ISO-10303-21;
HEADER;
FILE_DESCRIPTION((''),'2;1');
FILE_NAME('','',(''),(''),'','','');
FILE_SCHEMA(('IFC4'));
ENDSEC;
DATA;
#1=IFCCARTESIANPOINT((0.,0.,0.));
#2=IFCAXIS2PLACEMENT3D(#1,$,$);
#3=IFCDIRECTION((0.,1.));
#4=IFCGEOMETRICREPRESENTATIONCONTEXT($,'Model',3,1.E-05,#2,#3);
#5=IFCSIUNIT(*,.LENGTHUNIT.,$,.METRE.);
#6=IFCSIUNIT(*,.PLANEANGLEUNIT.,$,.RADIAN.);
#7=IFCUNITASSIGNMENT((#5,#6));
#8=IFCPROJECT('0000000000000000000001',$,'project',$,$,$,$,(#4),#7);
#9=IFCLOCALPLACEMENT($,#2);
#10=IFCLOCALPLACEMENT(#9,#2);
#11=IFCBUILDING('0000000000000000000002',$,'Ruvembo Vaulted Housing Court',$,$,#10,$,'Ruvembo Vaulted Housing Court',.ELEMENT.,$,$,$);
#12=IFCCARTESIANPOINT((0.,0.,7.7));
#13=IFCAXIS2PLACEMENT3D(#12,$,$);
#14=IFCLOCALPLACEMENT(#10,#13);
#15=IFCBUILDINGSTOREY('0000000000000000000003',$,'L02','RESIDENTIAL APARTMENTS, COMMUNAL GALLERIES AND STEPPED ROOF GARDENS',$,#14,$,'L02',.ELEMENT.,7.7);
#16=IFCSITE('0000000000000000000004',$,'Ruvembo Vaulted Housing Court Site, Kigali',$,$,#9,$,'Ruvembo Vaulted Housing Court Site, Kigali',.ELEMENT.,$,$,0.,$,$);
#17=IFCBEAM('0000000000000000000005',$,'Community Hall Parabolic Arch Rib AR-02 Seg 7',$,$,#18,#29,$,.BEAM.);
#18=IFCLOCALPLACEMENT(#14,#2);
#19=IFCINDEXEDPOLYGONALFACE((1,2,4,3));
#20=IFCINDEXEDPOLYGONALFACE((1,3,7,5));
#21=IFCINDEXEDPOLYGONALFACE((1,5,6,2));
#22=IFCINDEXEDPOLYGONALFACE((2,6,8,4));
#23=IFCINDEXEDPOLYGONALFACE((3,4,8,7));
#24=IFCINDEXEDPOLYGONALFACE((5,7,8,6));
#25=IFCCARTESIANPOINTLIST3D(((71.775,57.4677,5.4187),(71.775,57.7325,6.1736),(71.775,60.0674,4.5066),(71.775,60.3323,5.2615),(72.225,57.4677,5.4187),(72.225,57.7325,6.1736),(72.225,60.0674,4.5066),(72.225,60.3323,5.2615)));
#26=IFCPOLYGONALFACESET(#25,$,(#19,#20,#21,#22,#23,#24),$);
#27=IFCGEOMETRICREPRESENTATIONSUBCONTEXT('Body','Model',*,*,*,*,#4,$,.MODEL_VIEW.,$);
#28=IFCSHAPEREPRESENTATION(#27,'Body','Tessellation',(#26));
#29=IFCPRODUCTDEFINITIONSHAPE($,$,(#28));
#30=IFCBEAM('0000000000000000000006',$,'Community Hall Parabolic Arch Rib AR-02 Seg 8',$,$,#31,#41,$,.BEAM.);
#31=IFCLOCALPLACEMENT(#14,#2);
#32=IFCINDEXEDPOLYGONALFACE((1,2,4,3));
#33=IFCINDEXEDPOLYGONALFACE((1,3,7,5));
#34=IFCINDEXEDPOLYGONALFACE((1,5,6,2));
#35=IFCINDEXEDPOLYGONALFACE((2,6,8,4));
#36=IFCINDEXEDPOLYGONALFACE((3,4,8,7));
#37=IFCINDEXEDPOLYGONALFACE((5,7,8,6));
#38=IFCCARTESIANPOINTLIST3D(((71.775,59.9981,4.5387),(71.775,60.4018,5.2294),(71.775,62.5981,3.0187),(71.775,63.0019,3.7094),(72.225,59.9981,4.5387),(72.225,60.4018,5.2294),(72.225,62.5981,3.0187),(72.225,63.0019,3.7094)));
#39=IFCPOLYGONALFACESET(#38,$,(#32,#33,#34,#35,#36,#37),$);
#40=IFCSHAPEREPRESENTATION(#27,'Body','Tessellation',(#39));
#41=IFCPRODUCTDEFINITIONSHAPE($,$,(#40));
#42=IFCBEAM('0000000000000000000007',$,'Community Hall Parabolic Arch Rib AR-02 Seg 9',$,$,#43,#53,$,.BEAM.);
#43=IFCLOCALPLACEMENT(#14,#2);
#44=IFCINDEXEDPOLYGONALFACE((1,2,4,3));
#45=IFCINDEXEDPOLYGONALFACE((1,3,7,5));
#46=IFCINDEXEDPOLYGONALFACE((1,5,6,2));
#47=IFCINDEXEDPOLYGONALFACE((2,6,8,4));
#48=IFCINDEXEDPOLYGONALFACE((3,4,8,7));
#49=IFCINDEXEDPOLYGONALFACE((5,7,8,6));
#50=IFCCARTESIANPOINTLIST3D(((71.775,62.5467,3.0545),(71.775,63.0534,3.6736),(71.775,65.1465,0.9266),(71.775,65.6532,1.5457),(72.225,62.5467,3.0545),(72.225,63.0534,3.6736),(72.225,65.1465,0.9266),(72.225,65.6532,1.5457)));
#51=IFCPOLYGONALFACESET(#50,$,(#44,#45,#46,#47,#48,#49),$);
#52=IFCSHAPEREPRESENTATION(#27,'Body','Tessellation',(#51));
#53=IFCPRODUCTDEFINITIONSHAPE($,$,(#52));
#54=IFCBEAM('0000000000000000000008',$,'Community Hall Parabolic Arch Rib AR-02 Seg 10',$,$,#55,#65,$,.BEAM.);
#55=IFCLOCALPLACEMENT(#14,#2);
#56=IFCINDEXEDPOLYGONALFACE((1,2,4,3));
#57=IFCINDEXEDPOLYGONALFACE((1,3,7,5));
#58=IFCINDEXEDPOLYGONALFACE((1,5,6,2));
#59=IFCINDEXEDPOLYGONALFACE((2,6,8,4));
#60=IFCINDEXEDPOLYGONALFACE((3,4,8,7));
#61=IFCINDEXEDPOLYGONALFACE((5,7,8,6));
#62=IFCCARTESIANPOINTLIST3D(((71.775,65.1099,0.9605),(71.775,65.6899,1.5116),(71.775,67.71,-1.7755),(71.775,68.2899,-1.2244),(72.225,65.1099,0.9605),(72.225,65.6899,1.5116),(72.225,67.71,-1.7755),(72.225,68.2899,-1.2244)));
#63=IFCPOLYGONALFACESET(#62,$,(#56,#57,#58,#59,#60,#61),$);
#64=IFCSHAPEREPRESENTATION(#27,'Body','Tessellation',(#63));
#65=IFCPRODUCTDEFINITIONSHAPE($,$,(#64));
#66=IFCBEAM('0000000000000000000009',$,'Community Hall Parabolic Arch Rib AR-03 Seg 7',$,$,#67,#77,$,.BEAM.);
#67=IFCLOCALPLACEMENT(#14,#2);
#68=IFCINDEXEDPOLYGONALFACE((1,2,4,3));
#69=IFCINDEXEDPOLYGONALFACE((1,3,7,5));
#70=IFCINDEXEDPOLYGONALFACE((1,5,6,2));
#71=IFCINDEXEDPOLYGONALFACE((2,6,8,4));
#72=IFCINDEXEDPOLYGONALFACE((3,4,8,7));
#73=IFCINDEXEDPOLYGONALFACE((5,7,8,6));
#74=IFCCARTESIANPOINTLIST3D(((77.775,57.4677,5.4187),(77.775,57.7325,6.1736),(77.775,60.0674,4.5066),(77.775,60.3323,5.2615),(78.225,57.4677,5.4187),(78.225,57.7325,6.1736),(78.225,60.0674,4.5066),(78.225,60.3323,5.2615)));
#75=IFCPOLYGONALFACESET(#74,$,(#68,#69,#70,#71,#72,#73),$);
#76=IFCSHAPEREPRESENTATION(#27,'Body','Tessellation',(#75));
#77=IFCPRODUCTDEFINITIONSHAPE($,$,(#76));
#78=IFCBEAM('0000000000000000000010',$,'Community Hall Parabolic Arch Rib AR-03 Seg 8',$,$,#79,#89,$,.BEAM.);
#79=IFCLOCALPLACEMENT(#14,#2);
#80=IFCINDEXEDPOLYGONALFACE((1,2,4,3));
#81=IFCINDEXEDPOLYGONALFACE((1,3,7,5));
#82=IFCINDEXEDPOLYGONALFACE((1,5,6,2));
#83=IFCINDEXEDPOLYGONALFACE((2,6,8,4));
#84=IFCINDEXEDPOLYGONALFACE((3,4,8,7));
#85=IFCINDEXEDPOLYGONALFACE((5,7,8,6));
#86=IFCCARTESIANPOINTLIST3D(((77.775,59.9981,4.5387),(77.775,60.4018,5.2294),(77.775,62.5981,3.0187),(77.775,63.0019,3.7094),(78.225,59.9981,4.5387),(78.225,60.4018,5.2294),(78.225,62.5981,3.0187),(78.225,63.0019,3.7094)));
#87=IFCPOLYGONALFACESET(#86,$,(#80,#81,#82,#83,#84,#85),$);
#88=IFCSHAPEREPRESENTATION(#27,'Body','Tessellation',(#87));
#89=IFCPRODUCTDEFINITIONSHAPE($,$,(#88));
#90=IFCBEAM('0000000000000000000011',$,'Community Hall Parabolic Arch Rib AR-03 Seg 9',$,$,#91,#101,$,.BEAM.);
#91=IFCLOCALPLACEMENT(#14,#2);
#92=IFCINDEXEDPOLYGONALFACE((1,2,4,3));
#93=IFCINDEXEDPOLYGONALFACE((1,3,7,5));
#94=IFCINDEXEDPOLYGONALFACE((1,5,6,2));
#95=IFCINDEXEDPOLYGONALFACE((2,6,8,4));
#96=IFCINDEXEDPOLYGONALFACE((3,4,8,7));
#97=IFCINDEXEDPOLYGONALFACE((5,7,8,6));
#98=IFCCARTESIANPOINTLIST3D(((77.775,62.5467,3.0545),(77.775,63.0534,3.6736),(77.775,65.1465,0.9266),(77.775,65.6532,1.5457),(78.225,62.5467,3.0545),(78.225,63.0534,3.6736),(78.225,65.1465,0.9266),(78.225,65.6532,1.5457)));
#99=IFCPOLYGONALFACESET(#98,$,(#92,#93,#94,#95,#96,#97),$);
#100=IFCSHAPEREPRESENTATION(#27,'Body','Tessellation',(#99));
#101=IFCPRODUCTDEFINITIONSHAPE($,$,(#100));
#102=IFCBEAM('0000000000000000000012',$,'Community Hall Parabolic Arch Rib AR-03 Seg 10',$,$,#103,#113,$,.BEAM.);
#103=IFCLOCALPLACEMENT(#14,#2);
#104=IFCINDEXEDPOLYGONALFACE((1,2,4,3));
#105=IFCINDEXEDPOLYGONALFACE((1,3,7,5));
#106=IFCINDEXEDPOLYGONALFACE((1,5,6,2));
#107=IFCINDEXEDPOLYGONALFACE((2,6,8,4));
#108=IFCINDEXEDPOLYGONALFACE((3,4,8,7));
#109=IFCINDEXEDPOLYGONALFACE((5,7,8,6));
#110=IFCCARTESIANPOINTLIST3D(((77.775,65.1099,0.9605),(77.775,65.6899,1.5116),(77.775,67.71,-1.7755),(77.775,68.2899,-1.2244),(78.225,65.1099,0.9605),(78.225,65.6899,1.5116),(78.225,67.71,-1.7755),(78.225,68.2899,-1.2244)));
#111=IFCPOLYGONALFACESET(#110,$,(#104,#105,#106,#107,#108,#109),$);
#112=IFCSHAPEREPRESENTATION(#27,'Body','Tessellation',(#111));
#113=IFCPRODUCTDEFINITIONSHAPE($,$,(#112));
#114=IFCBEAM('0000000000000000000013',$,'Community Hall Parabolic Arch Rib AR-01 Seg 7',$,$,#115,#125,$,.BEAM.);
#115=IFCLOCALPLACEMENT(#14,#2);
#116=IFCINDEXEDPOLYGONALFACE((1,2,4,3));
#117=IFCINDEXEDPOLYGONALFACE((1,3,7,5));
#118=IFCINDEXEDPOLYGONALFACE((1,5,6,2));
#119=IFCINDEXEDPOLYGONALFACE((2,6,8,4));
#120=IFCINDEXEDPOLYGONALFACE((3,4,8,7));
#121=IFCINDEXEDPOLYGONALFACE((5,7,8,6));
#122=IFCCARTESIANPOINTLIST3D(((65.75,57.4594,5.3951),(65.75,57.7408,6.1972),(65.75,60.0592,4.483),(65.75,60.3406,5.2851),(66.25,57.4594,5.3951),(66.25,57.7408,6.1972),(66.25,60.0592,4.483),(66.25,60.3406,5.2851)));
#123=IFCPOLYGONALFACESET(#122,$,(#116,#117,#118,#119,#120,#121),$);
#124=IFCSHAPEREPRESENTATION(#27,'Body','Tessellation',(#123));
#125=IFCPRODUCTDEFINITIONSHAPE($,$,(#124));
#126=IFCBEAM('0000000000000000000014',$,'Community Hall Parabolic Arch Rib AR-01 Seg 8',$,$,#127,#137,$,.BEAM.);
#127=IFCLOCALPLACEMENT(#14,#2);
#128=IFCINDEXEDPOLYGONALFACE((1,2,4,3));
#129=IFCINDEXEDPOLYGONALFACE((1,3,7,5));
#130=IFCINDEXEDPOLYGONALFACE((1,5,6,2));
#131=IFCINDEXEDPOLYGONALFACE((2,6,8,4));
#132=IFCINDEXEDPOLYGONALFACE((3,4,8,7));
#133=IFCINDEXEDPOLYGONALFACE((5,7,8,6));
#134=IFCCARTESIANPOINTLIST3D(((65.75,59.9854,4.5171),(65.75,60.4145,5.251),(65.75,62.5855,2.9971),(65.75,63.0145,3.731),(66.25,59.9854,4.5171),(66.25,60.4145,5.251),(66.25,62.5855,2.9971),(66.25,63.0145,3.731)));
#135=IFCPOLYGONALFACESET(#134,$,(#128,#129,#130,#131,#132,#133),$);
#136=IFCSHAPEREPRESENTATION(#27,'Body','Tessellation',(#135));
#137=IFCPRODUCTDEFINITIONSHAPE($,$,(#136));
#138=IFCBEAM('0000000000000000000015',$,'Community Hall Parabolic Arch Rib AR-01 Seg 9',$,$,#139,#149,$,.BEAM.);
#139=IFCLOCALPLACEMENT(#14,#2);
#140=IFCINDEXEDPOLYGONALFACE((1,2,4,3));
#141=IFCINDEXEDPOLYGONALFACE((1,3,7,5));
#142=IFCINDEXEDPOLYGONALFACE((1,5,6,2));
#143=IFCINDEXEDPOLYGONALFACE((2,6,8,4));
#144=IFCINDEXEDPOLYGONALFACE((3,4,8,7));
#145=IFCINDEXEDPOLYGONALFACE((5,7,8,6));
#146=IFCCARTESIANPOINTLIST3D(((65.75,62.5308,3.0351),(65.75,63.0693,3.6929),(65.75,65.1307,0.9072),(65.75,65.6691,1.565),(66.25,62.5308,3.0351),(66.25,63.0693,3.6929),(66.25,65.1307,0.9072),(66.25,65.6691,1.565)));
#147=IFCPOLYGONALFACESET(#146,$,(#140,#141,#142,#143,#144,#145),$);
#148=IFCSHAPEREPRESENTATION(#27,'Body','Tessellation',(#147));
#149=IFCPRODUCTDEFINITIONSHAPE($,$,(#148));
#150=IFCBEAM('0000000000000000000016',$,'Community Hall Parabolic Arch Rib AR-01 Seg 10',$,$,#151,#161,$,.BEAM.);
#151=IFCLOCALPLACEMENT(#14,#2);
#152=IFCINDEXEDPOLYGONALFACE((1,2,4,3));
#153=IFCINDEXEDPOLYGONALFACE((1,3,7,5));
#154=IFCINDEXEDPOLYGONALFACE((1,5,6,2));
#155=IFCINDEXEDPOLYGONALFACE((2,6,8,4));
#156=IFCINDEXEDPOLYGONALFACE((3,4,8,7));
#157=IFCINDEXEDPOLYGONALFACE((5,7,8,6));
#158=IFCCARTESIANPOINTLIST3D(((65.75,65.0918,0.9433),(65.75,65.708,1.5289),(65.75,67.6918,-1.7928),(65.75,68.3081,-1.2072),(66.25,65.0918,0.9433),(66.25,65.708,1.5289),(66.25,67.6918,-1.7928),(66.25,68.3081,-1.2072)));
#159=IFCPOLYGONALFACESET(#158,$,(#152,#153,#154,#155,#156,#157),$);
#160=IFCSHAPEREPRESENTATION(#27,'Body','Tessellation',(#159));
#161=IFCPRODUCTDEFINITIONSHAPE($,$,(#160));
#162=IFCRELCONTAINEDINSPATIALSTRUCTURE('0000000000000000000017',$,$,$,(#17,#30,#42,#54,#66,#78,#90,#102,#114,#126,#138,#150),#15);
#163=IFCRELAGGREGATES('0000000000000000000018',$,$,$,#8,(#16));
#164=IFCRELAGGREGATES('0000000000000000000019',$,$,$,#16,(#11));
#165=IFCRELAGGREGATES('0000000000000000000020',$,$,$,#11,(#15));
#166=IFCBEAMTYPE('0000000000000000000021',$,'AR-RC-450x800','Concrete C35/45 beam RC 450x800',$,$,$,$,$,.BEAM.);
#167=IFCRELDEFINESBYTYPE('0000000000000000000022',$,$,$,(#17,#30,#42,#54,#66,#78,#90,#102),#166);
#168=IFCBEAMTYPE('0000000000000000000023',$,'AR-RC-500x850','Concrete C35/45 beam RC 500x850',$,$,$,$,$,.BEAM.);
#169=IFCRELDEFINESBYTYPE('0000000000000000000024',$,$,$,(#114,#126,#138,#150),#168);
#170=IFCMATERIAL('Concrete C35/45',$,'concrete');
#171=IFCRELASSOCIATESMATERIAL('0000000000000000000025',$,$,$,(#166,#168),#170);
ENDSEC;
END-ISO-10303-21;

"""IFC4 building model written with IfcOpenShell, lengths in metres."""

from ifc_helpers import new_model, si_unit, direction, frame, origin, origin_2d, place, context, subcontext, project, spatial, rectangle, extrude, material, material_profile, profile_set, type_object, element, save


model = new_model("IFC4")

# Units and contexts
model_context = context("Model", 3, precision=1e-05, world=origin(), true_north=direction((0.0, 1.0)))
body_context = subcontext(model_context, "Body", "Model", "MODEL_VIEW")
ifc_project = project(units=[si_unit("LENGTHUNIT", "METRE"), si_unit("PLANEANGLEUNIT", "RADIAN")], contexts=[model_context])

# Site, building, storey
site_placement = place(None, origin())
site = spatial("IfcSite", under=ifc_project, at=site_placement, Name="Ruvembo Vaulted Housing Court Site, Kigali", LongName="Ruvembo Vaulted Housing Court Site, Kigali", CompositionType="ELEMENT", RefElevation=0.0)
building_placement = place(site_placement, origin())
building = spatial("IfcBuilding", under=site, at=building_placement, Name="Ruvembo Vaulted Housing Court", LongName="Ruvembo Vaulted Housing Court", CompositionType="ELEMENT")
storey_placement = place(building_placement, frame((0.0, 0.0, 7.7)))
storey = spatial("IfcBuildingStorey", under=building, at=storey_placement, Name="L02", Description="RESIDENTIAL APARTMENTS, COMMUNAL GALLERIES AND STEPPED ROOF GARDENS", LongName="L02", CompositionType="ELEMENT", Elevation=7.7)

# Beams
ifc_material_1 = material(Name="Concrete C35/45", Category="concrete")
ifc_material_profile_1 = material_profile(ifc_material_1, rectangle(XDim=0.45, YDim=0.8, at=origin_2d()), Name="RC 450x800")
ifc_profile_set_1 = profile_set([ifc_material_profile_1], Name="Concrete C35/45")
beam_type_1 = type_object("IfcBeamType", Name="AR-RC-450x800", Description="Concrete C35/45 beam RC 450x800", PredefinedType="BEAM", material=ifc_profile_set_1)
beam_1_placement = place(storey_placement, frame((72.0, 57.6001, 5.7961), z_axis=(0.0, 0.943614, -0.331049), x_axis=(-1.0, 0.0, 0.0)))
element("IfcBeam", 1, at=beam_1_placement, inside=storey, type_object=beam_type_1, Name="Community Hall Parabolic Arch Rib AR-02 Seg 7", PredefinedType="BEAM", context=body_context, shape_type="SweptSolid", body=[
    extrude(rectangle(XDim=0.45, YDim=0.8, at=origin_2d()), origin(), (0.0, 0.0, 1.0), 2.7551),
])
beam_2_placement = place(storey_placement, frame((72.0, 60.2, 4.884), z_axis=(0.0, 0.863302, -0.504687), x_axis=(-1.0, 0.0, 0.0)))
element("IfcBeam", 2, at=beam_2_placement, inside=storey, type_object=beam_type_1, Name="Community Hall Parabolic Arch Rib AR-02 Seg 8", PredefinedType="BEAM", context=body_context, shape_type="SweptSolid", body=[
    extrude(rectangle(XDim=0.45, YDim=0.8, at=origin_2d()), origin(), (0.0, 0.0, 1.0), 3.0117),
])
beam_3_placement = place(storey_placement, frame((72.0, 62.8, 3.364), z_axis=(0.0, 0.773844, -0.633376), x_axis=(-1.0, 0.0, 0.0)))
element("IfcBeam", 3, at=beam_3_placement, inside=storey, type_object=beam_type_1, Name="Community Hall Parabolic Arch Rib AR-02 Seg 9", PredefinedType="BEAM", context=body_context, shape_type="SweptSolid", body=[
    extrude(rectangle(XDim=0.45, YDim=0.8, at=origin_2d()), origin(), (0.0, 0.0, 1.0), 3.3596),
])
beam_4_placement = place(storey_placement, frame((72.0, 65.3999, 1.2361), z_axis=(0.0, 0.688863, -0.724891), x_axis=(-1.0, 0.0, 0.0)))
element("IfcBeam", 4, at=beam_4_placement, inside=storey, type_object=beam_type_1, Name="Community Hall Parabolic Arch Rib AR-02 Seg 10", PredefinedType="BEAM", context=body_context, shape_type="SweptSolid", body=[
    extrude(rectangle(XDim=0.45, YDim=0.8, at=origin_2d()), origin(), (0.0, 0.0, 1.0), 3.7744),
])
beam_5_placement = place(storey_placement, frame((78.0, 57.6001, 5.7961), z_axis=(0.0, 0.943614, -0.331049), x_axis=(-1.0, 0.0, 0.0)))
element("IfcBeam", 5, at=beam_5_placement, inside=storey, type_object=beam_type_1, Name="Community Hall Parabolic Arch Rib AR-03 Seg 7", PredefinedType="BEAM", context=body_context, shape_type="SweptSolid", body=[
    extrude(rectangle(XDim=0.45, YDim=0.8, at=origin_2d()), origin(), (0.0, 0.0, 1.0), 2.7551),
])
beam_6_placement = place(storey_placement, frame((78.0, 60.2, 4.884), z_axis=(0.0, 0.863302, -0.504687), x_axis=(-1.0, 0.0, 0.0)))
element("IfcBeam", 6, at=beam_6_placement, inside=storey, type_object=beam_type_1, Name="Community Hall Parabolic Arch Rib AR-03 Seg 8", PredefinedType="BEAM", context=body_context, shape_type="SweptSolid", body=[
    extrude(rectangle(XDim=0.45, YDim=0.8, at=origin_2d()), origin(), (0.0, 0.0, 1.0), 3.0117),
])
beam_7_placement = place(storey_placement, frame((78.0, 62.8, 3.364), z_axis=(0.0, 0.773844, -0.633376), x_axis=(-1.0, 0.0, 0.0)))
element("IfcBeam", 7, at=beam_7_placement, inside=storey, type_object=beam_type_1, Name="Community Hall Parabolic Arch Rib AR-03 Seg 9", PredefinedType="BEAM", context=body_context, shape_type="SweptSolid", body=[
    extrude(rectangle(XDim=0.45, YDim=0.8, at=origin_2d()), origin(), (0.0, 0.0, 1.0), 3.3596),
])
beam_8_placement = place(storey_placement, frame((78.0, 65.3999, 1.2361), z_axis=(0.0, 0.688863, -0.724891), x_axis=(-1.0, 0.0, 0.0)))
element("IfcBeam", 8, at=beam_8_placement, inside=storey, type_object=beam_type_1, Name="Community Hall Parabolic Arch Rib AR-03 Seg 10", PredefinedType="BEAM", context=body_context, shape_type="SweptSolid", body=[
    extrude(rectangle(XDim=0.45, YDim=0.8, at=origin_2d()), origin(), (0.0, 0.0, 1.0), 3.7744),
])
ifc_material_profile_2 = material_profile(ifc_material_1, rectangle(XDim=0.5, YDim=0.8501, at=origin_2d()), Name="RC 500x850")
ifc_profile_set_2 = profile_set([ifc_material_profile_2], Name="Concrete C35/45")
beam_type_2 = type_object("IfcBeamType", Name="AR-RC-500x850", Description="Concrete C35/45 beam RC 500x850", PredefinedType="BEAM", material=ifc_profile_set_2)
beam_9_placement = place(storey_placement, frame((66.0, 57.6001, 5.7961), z_axis=(0.0, 0.943614, -0.331049), x_axis=(-1.0, 0.0, 0.0)))
element("IfcBeam", 9, at=beam_9_placement, inside=storey, type_object=beam_type_2, Name="Community Hall Parabolic Arch Rib AR-01 Seg 7", PredefinedType="BEAM", context=body_context, shape_type="SweptSolid", body=[
    extrude(rectangle(XDim=0.5, YDim=0.8501, at=origin_2d()), origin(), (0.0, 0.0, 1.0), 2.7551),
])
beam_10_placement = place(storey_placement, frame((66.0, 60.2, 4.884), z_axis=(0.0, 0.863302, -0.504687), x_axis=(-1.0, 0.0, 0.0)))
element("IfcBeam", 10, at=beam_10_placement, inside=storey, type_object=beam_type_2, Name="Community Hall Parabolic Arch Rib AR-01 Seg 8", PredefinedType="BEAM", context=body_context, shape_type="SweptSolid", body=[
    extrude(rectangle(XDim=0.5, YDim=0.8501, at=origin_2d()), origin(), (0.0, 0.0, 1.0), 3.0117),
])
beam_11_placement = place(storey_placement, frame((66.0, 62.8, 3.364), z_axis=(0.0, 0.773844, -0.633376), x_axis=(-1.0, 0.0, 0.0)))
element("IfcBeam", 11, at=beam_11_placement, inside=storey, type_object=beam_type_2, Name="Community Hall Parabolic Arch Rib AR-01 Seg 9", PredefinedType="BEAM", context=body_context, shape_type="SweptSolid", body=[
    extrude(rectangle(XDim=0.5, YDim=0.8501, at=origin_2d()), origin(), (0.0, 0.0, 1.0), 3.3596),
])
beam_12_placement = place(storey_placement, frame((66.0, 65.3999, 1.2361), z_axis=(0.0, 0.688863, -0.724891), x_axis=(-1.0, 0.0, 0.0)))
element("IfcBeam", 12, at=beam_12_placement, inside=storey, type_object=beam_type_2, Name="Community Hall Parabolic Arch Rib AR-01 Seg 10", PredefinedType="BEAM", context=body_context, shape_type="SweptSolid", body=[
    extrude(rectangle(XDim=0.5, YDim=0.8501, at=origin_2d()), origin(), (0.0, 0.0, 1.0), 3.7744),
])

save(model, "model.ifc")
